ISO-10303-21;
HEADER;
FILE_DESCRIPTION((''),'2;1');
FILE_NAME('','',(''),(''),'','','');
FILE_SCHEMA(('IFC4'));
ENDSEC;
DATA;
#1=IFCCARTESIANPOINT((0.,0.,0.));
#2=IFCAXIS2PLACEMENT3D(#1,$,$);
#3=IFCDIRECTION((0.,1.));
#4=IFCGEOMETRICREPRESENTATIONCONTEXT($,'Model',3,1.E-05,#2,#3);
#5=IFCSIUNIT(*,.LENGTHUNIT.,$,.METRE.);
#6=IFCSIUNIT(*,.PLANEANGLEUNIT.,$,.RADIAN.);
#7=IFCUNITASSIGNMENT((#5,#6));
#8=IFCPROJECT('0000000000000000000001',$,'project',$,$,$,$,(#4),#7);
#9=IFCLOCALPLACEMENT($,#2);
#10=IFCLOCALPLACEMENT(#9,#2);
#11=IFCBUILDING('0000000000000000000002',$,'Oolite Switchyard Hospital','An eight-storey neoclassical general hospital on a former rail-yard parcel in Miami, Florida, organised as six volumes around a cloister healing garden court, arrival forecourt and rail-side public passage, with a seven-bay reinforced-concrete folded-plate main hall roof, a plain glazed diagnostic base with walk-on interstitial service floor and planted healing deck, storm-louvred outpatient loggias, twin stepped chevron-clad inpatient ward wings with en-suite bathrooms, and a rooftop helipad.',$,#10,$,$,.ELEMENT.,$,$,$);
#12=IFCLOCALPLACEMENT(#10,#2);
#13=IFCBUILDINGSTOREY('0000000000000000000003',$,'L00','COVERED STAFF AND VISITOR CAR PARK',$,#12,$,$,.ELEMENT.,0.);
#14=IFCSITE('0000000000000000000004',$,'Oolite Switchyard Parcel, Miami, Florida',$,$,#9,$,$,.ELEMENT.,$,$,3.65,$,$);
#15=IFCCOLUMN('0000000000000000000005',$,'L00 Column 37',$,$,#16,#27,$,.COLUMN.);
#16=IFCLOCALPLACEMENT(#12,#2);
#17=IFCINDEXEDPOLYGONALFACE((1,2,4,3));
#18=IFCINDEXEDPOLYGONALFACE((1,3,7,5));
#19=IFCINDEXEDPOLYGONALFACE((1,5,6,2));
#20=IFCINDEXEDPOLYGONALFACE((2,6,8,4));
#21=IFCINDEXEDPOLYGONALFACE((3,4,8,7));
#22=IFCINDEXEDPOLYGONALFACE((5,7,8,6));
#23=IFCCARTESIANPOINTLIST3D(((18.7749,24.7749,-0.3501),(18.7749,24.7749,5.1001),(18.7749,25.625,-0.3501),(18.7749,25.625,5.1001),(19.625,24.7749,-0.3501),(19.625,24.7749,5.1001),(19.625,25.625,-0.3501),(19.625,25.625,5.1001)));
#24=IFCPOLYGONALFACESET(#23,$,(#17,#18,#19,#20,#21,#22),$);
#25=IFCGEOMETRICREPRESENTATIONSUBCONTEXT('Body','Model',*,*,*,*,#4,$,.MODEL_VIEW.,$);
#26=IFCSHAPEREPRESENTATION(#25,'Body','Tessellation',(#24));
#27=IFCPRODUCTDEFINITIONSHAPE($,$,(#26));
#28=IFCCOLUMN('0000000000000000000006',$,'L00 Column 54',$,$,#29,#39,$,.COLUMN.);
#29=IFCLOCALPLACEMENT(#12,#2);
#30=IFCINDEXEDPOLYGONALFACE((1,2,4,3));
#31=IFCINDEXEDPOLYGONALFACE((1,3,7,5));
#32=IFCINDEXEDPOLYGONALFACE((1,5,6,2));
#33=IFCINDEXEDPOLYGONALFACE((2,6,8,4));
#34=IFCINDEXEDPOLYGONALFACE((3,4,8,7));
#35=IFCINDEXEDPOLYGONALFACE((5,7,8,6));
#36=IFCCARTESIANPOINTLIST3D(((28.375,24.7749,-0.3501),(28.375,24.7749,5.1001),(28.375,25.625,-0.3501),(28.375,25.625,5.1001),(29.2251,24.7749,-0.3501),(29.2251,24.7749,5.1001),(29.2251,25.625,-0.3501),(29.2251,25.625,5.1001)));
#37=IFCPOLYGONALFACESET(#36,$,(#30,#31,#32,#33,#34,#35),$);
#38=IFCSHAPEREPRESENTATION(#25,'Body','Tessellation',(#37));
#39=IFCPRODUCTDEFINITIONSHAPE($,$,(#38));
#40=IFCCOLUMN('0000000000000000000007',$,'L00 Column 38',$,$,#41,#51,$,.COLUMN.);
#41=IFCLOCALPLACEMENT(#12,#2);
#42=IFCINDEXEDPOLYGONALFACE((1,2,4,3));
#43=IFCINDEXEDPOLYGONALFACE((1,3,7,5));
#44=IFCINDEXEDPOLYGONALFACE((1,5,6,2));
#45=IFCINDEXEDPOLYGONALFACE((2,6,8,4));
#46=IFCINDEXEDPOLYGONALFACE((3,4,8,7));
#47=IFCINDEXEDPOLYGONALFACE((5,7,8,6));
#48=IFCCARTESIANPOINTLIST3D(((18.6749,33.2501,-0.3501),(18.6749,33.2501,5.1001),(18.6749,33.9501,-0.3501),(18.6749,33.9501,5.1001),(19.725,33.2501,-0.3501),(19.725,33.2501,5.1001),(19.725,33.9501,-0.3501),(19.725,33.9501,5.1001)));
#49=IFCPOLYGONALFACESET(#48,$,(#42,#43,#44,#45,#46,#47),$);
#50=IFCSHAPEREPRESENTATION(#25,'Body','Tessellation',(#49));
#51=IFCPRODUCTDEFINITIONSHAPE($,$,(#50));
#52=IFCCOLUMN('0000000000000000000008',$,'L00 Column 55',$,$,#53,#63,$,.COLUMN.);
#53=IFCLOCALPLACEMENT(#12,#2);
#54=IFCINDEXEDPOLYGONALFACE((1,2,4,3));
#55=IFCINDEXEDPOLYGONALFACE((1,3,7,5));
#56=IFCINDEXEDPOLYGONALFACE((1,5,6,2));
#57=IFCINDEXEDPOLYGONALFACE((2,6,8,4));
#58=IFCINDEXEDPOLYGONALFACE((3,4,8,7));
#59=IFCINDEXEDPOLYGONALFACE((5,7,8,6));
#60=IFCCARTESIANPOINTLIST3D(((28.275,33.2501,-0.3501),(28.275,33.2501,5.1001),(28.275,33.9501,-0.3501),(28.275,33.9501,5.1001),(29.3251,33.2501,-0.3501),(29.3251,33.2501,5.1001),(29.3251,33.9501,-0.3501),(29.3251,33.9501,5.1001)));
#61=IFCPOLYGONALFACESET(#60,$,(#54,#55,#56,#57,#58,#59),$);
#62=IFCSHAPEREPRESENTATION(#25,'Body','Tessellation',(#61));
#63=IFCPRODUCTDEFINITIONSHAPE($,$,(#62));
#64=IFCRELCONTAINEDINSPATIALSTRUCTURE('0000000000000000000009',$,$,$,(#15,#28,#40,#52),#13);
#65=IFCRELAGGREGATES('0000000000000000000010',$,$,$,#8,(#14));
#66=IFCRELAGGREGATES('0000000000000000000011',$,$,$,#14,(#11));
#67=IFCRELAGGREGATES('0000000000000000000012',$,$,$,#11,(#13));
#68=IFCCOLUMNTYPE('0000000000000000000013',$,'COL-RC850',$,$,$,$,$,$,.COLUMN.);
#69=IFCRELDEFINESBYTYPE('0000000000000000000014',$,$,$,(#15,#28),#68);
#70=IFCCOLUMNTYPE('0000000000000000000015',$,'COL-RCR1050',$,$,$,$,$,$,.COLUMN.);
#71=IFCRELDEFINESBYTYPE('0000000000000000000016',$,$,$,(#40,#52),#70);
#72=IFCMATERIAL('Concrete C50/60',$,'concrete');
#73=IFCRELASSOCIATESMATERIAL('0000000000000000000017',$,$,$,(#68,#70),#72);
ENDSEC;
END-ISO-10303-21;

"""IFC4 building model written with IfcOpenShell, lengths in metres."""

from ifc_helpers import new_model, si_unit, direction, frame, origin, origin_2d, place, context, subcontext, project, spatial, rectangle, extrude, material, material_profile, profile_set, type_object, element, save


model = new_model("IFC4")

# Units and contexts
model_context = context("Model", 3, precision=1e-05, world=origin(), true_north=direction((0.0, 1.0)))
body_context = subcontext(model_context, "Body", "Model", "MODEL_VIEW")
ifc_project = project(units=[si_unit("LENGTHUNIT", "METRE"), si_unit("PLANEANGLEUNIT", "RADIAN")], contexts=[model_context])

# Site, building, storey
site_placement = place(None, origin())
site = spatial("IfcSite", under=ifc_project, at=site_placement, Name="Oolite Switchyard Parcel, Miami, Florida", CompositionType="ELEMENT", RefElevation=3.65)
building_placement = place(site_placement, origin())
building = spatial("IfcBuilding", under=site, at=building_placement, Name="Oolite Switchyard Hospital", Description="An eight-storey neoclassical general hospital on a former rail-yard parcel in Miami, Florida, organised as six volumes around a cloister healing garden court, arrival forecourt and rail-side public passage, with a seven-bay reinforced-concrete folded-plate main hall roof, a plain glazed diagnostic base with walk-on interstitial service floor and planted healing deck, storm-louvred outpatient loggias, twin stepped chevron-clad inpatient ward wings with en-suite bathrooms, and a rooftop helipad.", CompositionType="ELEMENT")
storey_placement = place(building_placement, origin())
storey = spatial("IfcBuildingStorey", under=building, at=storey_placement, Name="L00", Description="COVERED STAFF AND VISITOR CAR PARK", CompositionType="ELEMENT", Elevation=0.0)

# Columns
ifc_material_1 = material(Name="Concrete C50/60", Category="concrete")
ifc_material_profile_1 = material_profile(ifc_material_1, rectangle(XDim=0.8501, YDim=0.8501, at=origin_2d()), Name="RC850X850")
ifc_profile_set_1 = profile_set([ifc_material_profile_1], Name="Concrete C50/60")
column_type_1 = type_object("IfcColumnType", Name="COL-RC850", PredefinedType="COLUMN", material=ifc_profile_set_1)
for number, where, z_axis, x_axis, name in (
    (1, (19.2, 25.2, -0.3501), (0.0, 0.0, 1.0), (1.0, 0.0, 0.0), "L00 Column 37"),
    (2, (28.8, 25.2, -0.3501), (0.0, 0.0, 1.0), (1.0, 0.0, 0.0), "L00 Column 54"),
):
    element("IfcColumn", number, at=place(storey_placement, frame(where, z_axis=z_axis, x_axis=x_axis)), inside=storey, type_object=column_type_1, Name=name, PredefinedType="COLUMN", context=body_context, shape_type="SweptSolid", body=[
        extrude(rectangle(XDim=0.8501, YDim=0.8501, at=origin_2d()), origin(), (0.0, 0.0, 1.0), 5.4502),
    ])
ifc_material_profile_2 = material_profile(ifc_material_1, rectangle(XDim=1.05, YDim=0.7, at=origin_2d()), Name="RC1050X700")
ifc_profile_set_2 = profile_set([ifc_material_profile_2], Name="Concrete C50/60")
column_type_2 = type_object("IfcColumnType", Name="COL-RCR1050", PredefinedType="COLUMN", material=ifc_profile_set_2)
for number, where, z_axis, x_axis, name in (
    (3, (19.2, 33.6001, -0.3501), (0.0, 0.0, 1.0), (1.0, 0.0, 0.0), "L00 Column 38"),
    (4, (28.8, 33.6001, -0.3501), (0.0, 0.0, 1.0), (1.0, 0.0, 0.0), "L00 Column 55"),
):
    element("IfcColumn", number, at=place(storey_placement, frame(where, z_axis=z_axis, x_axis=x_axis)), inside=storey, type_object=column_type_2, Name=name, PredefinedType="COLUMN", context=body_context, shape_type="SweptSolid", body=[
        extrude(rectangle(XDim=1.05, YDim=0.7, at=origin_2d()), origin(), (0.0, 0.0, 1.0), 5.4502),
    ])

save(model, "model.ifc")
